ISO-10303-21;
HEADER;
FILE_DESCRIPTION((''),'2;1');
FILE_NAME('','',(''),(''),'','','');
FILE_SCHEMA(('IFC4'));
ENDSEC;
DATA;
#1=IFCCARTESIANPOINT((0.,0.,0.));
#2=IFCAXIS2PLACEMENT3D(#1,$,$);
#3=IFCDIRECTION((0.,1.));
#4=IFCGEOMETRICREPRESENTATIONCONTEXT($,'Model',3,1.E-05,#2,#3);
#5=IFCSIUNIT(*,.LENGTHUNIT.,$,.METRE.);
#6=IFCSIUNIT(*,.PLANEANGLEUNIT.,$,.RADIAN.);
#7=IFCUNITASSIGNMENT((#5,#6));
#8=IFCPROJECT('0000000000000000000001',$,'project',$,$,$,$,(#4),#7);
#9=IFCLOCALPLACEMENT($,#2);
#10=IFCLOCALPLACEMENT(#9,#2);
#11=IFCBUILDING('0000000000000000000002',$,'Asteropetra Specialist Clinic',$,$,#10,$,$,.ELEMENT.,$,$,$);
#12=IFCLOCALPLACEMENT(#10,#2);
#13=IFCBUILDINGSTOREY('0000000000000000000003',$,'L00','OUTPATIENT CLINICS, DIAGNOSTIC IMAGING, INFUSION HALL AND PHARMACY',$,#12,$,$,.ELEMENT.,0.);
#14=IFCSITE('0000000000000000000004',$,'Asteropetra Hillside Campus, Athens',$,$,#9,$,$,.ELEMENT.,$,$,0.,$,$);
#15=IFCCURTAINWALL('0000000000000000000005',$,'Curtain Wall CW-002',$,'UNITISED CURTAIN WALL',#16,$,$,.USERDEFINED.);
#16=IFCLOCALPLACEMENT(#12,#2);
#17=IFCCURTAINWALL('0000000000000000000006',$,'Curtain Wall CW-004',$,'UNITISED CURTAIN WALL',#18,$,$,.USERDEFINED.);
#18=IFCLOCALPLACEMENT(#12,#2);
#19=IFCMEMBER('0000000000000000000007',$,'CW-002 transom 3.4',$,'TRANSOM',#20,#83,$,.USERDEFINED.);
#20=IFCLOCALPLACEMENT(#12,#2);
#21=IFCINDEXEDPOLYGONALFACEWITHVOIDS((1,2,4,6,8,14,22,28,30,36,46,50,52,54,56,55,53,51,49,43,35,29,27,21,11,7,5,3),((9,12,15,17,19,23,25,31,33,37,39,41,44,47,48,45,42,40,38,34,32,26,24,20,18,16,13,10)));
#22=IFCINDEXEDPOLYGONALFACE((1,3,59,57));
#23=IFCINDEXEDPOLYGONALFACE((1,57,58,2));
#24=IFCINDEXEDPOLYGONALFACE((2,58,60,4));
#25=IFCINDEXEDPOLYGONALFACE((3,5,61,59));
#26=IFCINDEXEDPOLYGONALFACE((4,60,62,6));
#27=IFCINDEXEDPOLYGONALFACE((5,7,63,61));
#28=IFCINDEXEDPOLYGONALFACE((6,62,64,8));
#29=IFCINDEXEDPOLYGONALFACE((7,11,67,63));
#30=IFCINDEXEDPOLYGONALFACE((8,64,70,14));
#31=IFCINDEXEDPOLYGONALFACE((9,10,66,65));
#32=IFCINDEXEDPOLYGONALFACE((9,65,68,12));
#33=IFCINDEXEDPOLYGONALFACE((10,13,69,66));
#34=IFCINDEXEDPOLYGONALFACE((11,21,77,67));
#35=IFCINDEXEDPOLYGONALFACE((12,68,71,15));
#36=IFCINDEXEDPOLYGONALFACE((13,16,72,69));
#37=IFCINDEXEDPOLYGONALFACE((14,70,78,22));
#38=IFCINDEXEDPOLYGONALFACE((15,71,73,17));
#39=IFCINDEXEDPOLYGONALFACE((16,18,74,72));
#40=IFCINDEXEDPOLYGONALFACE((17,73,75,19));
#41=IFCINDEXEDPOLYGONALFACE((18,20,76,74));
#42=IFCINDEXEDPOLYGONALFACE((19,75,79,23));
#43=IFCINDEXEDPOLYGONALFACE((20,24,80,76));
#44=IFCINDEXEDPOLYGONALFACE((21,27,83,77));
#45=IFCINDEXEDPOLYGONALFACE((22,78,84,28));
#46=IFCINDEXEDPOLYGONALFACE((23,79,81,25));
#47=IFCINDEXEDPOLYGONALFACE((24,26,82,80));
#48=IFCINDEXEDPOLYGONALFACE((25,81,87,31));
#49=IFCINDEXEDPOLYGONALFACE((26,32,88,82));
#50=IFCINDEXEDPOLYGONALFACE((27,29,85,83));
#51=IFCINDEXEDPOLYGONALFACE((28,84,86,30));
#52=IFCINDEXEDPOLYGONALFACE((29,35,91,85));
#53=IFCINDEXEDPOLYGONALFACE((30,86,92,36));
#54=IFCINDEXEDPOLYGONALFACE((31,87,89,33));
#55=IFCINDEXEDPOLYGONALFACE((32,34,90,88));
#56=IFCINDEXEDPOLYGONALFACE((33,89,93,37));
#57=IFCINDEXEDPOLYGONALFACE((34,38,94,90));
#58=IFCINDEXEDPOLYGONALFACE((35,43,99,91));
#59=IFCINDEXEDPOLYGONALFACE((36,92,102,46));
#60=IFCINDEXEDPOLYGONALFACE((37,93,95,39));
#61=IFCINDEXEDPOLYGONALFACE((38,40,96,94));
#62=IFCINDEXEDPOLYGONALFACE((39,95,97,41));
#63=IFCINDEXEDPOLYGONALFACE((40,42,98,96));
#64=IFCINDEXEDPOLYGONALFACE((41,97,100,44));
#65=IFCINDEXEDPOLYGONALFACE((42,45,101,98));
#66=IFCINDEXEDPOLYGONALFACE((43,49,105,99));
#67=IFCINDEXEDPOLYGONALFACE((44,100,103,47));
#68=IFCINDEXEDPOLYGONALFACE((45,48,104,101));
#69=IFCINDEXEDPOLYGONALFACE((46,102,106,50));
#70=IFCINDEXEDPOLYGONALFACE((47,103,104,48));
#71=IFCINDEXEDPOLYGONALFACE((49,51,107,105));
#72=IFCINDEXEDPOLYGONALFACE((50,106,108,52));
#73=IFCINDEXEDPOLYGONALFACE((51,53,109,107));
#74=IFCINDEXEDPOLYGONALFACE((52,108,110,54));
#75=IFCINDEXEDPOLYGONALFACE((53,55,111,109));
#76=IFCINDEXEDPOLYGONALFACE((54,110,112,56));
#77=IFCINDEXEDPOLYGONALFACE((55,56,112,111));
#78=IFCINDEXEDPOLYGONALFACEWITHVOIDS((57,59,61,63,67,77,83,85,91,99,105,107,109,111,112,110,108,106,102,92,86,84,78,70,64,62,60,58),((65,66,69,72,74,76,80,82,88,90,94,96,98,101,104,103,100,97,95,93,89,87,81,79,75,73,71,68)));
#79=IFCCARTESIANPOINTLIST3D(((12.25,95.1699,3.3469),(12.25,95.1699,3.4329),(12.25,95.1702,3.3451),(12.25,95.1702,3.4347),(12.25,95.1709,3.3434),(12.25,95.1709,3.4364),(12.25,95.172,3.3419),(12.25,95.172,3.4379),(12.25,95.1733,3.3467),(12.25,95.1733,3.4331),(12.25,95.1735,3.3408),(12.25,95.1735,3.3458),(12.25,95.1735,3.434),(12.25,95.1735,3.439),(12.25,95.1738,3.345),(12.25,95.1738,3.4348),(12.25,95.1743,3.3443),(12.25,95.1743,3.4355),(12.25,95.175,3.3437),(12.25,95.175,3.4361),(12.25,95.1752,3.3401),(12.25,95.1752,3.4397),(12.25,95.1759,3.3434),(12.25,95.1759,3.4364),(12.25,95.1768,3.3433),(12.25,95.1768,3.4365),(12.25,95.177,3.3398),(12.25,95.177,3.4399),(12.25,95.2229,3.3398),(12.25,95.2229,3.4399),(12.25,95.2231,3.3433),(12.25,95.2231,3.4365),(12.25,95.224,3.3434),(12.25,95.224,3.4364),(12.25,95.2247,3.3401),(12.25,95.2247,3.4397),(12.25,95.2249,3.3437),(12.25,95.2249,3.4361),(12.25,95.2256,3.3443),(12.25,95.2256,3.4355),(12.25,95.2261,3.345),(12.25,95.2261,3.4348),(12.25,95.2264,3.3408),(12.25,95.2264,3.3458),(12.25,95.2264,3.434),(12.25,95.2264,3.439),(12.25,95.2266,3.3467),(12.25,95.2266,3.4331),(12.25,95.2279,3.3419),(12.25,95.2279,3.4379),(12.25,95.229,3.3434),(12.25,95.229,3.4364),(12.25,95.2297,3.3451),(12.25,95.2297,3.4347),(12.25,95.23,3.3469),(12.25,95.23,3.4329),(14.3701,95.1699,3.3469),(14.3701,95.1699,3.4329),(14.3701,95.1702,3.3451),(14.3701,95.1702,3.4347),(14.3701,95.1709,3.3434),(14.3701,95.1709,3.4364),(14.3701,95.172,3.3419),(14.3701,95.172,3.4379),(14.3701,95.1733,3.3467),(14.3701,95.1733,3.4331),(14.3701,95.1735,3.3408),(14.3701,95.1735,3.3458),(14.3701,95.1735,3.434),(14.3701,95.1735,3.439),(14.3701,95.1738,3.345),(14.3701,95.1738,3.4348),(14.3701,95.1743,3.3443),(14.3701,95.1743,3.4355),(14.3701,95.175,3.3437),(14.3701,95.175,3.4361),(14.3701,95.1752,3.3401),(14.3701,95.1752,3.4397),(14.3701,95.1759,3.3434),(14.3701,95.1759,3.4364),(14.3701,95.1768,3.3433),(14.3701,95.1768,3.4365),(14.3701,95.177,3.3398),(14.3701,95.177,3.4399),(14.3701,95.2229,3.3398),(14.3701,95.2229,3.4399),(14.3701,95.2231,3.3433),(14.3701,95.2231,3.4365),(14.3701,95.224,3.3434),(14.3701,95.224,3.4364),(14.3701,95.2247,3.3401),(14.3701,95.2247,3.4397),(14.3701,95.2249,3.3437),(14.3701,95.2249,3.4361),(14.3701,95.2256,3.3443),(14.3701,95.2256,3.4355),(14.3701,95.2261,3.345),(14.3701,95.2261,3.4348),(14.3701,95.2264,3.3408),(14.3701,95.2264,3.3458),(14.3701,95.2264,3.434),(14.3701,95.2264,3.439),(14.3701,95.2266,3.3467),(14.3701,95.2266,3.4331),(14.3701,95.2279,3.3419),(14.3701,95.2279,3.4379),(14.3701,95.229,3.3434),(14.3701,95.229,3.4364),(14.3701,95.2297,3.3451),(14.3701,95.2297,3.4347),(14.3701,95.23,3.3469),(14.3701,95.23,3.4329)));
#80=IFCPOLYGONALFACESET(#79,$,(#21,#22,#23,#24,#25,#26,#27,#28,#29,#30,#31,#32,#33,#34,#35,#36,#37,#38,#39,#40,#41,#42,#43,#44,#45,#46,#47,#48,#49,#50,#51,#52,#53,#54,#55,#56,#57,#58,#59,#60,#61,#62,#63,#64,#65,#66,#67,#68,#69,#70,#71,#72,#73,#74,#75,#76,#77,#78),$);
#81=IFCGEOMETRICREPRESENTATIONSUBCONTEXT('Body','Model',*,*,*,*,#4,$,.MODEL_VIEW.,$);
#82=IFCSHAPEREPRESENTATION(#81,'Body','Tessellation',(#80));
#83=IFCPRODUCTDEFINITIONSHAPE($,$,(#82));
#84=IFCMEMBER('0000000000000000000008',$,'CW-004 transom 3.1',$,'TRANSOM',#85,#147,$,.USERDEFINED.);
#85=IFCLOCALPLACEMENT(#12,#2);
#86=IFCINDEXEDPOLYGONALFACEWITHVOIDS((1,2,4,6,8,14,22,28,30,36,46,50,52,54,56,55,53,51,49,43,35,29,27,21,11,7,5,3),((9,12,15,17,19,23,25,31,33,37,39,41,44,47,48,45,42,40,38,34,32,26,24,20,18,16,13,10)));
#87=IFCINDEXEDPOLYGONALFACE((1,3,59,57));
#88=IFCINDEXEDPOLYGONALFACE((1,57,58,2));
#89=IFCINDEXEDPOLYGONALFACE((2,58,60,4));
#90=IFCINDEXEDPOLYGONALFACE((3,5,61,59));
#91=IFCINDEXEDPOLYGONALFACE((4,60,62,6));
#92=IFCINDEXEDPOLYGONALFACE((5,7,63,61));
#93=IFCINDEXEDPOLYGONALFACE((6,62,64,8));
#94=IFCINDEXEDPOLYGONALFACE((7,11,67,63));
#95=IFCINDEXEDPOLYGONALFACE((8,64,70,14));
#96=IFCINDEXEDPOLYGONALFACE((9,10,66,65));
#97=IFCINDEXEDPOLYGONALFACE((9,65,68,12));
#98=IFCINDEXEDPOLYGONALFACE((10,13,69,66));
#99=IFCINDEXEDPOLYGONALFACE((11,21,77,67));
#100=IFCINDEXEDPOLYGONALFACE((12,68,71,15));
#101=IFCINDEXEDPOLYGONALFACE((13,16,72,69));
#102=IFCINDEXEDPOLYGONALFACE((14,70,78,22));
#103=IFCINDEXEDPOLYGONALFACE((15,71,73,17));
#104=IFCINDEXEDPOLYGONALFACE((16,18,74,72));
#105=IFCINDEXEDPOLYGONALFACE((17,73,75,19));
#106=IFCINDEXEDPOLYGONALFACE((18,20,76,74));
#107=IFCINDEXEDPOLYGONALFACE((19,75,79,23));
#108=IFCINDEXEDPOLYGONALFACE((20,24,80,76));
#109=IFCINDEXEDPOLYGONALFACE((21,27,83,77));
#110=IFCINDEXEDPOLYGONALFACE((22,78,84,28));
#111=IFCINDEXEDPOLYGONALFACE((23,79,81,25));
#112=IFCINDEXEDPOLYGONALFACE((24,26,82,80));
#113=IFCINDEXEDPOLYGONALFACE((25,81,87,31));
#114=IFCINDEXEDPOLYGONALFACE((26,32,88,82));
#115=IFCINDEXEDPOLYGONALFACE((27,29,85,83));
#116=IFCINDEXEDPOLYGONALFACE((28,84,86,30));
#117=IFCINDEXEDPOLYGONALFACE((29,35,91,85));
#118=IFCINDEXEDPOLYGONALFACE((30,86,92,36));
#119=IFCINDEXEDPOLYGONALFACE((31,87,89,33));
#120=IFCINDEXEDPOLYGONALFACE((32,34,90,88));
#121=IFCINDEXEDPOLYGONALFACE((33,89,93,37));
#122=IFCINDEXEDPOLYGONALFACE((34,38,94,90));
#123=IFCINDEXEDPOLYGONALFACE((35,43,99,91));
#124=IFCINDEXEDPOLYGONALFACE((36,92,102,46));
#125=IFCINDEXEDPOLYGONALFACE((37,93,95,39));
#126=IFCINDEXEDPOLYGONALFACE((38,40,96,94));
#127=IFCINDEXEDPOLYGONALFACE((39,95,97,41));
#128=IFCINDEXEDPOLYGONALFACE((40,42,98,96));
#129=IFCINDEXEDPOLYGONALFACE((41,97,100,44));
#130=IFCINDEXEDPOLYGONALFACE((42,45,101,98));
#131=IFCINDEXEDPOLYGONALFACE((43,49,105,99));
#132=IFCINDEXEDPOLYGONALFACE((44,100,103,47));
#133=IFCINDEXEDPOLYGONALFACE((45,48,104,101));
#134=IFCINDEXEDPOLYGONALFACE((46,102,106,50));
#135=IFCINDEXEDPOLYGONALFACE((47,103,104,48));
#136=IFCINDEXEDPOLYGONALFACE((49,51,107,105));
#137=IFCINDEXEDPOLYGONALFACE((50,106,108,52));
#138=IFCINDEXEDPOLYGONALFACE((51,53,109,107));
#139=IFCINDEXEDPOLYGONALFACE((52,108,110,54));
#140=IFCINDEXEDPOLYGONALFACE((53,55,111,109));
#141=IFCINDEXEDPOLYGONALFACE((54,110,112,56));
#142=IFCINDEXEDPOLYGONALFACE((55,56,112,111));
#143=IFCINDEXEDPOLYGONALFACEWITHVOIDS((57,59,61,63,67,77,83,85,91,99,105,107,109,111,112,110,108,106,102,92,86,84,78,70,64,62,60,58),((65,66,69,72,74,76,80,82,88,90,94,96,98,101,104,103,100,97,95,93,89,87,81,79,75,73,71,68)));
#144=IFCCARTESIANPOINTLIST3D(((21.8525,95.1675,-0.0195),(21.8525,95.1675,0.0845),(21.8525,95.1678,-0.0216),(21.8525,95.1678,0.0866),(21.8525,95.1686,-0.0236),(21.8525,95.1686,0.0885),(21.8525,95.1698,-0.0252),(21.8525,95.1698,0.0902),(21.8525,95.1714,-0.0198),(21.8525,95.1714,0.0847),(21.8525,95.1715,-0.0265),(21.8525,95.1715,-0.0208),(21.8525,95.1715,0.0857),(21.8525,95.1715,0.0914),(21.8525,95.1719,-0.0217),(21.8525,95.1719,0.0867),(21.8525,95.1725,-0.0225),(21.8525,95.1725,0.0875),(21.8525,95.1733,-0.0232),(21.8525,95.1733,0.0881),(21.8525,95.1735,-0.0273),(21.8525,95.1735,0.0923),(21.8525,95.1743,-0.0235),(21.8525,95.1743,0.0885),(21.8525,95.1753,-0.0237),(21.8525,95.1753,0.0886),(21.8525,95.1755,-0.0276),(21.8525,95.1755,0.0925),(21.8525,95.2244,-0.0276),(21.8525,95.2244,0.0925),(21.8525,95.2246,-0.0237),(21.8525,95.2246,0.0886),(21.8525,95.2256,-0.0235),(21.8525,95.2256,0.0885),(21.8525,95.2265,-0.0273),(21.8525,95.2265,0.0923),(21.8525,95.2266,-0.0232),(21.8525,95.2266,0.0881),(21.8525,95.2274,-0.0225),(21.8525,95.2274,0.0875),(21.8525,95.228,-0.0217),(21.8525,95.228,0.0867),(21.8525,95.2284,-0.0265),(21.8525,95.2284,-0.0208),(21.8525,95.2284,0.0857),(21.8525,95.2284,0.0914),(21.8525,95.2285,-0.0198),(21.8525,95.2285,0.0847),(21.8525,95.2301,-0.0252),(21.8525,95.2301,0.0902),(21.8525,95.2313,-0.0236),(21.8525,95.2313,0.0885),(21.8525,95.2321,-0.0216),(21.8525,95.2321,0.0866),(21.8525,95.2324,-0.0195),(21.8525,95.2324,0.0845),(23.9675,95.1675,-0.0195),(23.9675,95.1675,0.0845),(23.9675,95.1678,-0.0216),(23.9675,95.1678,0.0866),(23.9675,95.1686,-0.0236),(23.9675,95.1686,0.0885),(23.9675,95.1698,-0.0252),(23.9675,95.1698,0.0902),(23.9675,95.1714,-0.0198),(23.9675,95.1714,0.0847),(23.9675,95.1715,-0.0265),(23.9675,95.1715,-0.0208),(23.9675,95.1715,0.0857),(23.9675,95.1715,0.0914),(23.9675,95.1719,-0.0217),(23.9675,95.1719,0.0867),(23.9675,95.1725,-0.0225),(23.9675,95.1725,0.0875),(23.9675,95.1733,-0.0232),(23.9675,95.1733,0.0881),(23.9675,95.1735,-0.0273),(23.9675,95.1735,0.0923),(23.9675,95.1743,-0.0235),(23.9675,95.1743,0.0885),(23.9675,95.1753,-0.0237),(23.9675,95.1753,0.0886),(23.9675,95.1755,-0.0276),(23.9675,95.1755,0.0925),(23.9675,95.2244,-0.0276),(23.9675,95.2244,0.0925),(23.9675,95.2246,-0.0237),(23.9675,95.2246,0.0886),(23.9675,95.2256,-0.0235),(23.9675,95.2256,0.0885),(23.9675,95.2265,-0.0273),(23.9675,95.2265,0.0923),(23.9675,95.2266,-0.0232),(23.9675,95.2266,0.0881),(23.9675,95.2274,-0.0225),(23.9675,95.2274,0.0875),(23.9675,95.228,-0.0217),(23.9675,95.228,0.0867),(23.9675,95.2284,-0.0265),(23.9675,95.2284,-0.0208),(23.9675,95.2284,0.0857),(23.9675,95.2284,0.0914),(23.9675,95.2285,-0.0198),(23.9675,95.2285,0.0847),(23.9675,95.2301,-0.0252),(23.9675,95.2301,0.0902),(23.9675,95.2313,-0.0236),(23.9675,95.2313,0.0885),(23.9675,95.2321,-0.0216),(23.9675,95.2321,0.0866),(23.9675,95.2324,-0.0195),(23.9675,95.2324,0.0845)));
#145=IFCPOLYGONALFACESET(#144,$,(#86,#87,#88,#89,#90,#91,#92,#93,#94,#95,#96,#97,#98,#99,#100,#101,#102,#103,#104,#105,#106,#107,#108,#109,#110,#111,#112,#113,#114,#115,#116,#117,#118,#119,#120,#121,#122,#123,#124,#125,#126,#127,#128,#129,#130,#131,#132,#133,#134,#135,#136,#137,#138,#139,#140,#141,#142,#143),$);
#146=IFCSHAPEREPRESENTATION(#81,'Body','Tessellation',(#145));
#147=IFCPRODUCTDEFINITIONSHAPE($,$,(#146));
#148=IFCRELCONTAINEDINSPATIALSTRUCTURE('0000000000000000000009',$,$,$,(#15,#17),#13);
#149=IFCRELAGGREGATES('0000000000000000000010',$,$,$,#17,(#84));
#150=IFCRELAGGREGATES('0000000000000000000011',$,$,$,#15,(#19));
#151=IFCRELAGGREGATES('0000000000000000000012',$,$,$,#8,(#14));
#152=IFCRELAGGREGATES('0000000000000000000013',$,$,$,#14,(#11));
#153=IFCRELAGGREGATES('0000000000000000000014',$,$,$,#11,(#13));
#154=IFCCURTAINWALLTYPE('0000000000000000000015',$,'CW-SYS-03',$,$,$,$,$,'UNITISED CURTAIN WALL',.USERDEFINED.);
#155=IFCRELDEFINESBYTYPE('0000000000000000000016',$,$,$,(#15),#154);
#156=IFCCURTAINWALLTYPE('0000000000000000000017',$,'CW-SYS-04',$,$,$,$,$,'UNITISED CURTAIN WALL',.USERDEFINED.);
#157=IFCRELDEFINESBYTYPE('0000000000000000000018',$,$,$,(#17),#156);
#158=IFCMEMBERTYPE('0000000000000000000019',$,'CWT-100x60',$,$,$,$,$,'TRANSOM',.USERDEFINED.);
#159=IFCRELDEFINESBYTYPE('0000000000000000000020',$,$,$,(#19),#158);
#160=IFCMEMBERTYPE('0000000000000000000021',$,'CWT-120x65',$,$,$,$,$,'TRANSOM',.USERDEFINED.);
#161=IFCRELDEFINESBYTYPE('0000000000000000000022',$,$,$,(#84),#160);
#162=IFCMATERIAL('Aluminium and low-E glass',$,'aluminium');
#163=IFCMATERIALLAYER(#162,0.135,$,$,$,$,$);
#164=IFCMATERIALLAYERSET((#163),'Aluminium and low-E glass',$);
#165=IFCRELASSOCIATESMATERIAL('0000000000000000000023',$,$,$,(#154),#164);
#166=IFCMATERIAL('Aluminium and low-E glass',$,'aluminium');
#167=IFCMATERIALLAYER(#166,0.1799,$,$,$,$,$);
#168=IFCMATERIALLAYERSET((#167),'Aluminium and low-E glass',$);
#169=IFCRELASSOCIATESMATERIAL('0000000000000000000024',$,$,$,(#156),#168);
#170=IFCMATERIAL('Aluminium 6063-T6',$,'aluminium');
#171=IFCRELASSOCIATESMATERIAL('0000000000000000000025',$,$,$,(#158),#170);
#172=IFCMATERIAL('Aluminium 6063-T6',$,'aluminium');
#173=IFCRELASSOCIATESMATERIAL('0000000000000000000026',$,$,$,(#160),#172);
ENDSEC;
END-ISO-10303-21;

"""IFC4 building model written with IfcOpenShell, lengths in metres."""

from ifc_helpers import new_model, si_unit, direction, frame, origin, origin_2d, place, context, subcontext, project, spatial, hollow_rectangle, extrude, material, layer, layer_set, material_profile, profile_set, type_object, element, aggregate, save


model = new_model("IFC4")

# Units and contexts
model_context = context("Model", 3, precision=1e-05, world=origin(), true_north=direction((0.0, 1.0)))
body_context = subcontext(model_context, "Body", "Model", "MODEL_VIEW")
ifc_project = project(units=[si_unit("LENGTHUNIT", "METRE"), si_unit("PLANEANGLEUNIT", "RADIAN")], contexts=[model_context])

# Site, building, storey
site_placement = place(None, origin())
site = spatial("IfcSite", under=ifc_project, at=site_placement, Name="Asteropetra Hillside Campus, Athens", CompositionType="ELEMENT", RefElevation=0.0)
building_placement = place(site_placement, origin())
building = spatial("IfcBuilding", under=site, at=building_placement, Name="Asteropetra Specialist Clinic", CompositionType="ELEMENT")
storey_placement = place(building_placement, origin())
storey = spatial("IfcBuildingStorey", under=building, at=storey_placement, Name="L00", Description="OUTPATIENT CLINICS, DIAGNOSTIC IMAGING, INFUSION HALL AND PHARMACY", CompositionType="ELEMENT", Elevation=0.0)

# Curtain walls
ifc_material_1 = material(Name="Aluminium and low-E glass", Category="aluminium")
ifc_layer_1 = layer(ifc_material_1, 0.135)
ifc_layer_set_1 = layer_set([ifc_layer_1], Name="Aluminium and low-E glass")
curtain_wall_type_1 = type_object("IfcCurtainWallType", Name="CW-SYS-03", ElementType="UNITISED CURTAIN WALL", PredefinedType="USERDEFINED", material=ifc_layer_set_1)
curtain_wall_1_placement = place(storey_placement, origin())
curtain_wall_1 = element("IfcCurtainWall", 1, at=curtain_wall_1_placement, inside=storey, type_object=curtain_wall_type_1, Name="Curtain Wall CW-002", ObjectType="UNITISED CURTAIN WALL", PredefinedType="USERDEFINED")
ifc_material_2 = material(Name="Aluminium and low-E glass", Category="aluminium")
ifc_layer_2 = layer(ifc_material_2, 0.1799)
ifc_layer_set_2 = layer_set([ifc_layer_2], Name="Aluminium and low-E glass")
curtain_wall_type_2 = type_object("IfcCurtainWallType", Name="CW-SYS-04", ElementType="UNITISED CURTAIN WALL", PredefinedType="USERDEFINED", material=ifc_layer_set_2)
curtain_wall_2_placement = place(storey_placement, origin())
curtain_wall_2 = element("IfcCurtainWall", 2, at=curtain_wall_2_placement, inside=storey, type_object=curtain_wall_type_2, Name="Curtain Wall CW-004", ObjectType="UNITISED CURTAIN WALL", PredefinedType="USERDEFINED")

# Members
ifc_material_3 = material(Name="Aluminium 6063-T6", Category="aluminium")
ifc_material_profile_1 = material_profile(ifc_material_3, hollow_rectangle(XDim=0.0601, YDim=0.1001, WallThickness=0.0034, InnerFilletRadius=0.0034, OuterFilletRadius=0.0071, at=origin_2d()), Name="TRN 100x60x3.5")
ifc_profile_set_1 = profile_set([ifc_material_profile_1], Name="Aluminium 6063-T6")
member_type_1 = type_object("IfcMemberType", Name="CWT-100x60", ElementType="TRANSOM", PredefinedType="USERDEFINED", material=ifc_profile_set_1)
member_1_placement = place(storey_placement, frame((14.3701, 95.2, 3.3899), z_axis=(-1.0, 0.0, 0.0), x_axis=(0.0, -1.0, 0.0)))
member_1 = element("IfcMember", 3, at=member_1_placement, type_object=member_type_1, Name="CW-002 transom 3.4", ObjectType="TRANSOM", PredefinedType="USERDEFINED", context=body_context, shape_type="SweptSolid", body=[
    extrude(hollow_rectangle(XDim=0.0601, YDim=0.1001, WallThickness=0.0034, InnerFilletRadius=0.0034, OuterFilletRadius=0.0071, at=origin_2d()), origin(), (0.0, 0.0, 1.0), 2.1201),
])
ifc_material_4 = material(Name="Aluminium 6063-T6", Category="aluminium")
ifc_material_profile_2 = material_profile(ifc_material_4, hollow_rectangle(XDim=0.0649, YDim=0.1201, WallThickness=0.0039, InnerFilletRadius=0.0039, OuterFilletRadius=0.0081, at=origin_2d()), Name="TRN 120x65x4.0")
ifc_profile_set_2 = profile_set([ifc_material_profile_2], Name="Aluminium 6063-T6")
member_type_2 = type_object("IfcMemberType", Name="CWT-120x65", ElementType="TRANSOM", PredefinedType="USERDEFINED", material=ifc_profile_set_2)
member_2_placement = place(storey_placement, frame((23.9675, 95.2, 0.0325), z_axis=(-1.0, 0.0, 0.0), x_axis=(0.0, -1.0, 0.0)))
member_2 = element("IfcMember", 4, at=member_2_placement, type_object=member_type_2, Name="CW-004 transom 3.1", ObjectType="TRANSOM", PredefinedType="USERDEFINED", context=body_context, shape_type="SweptSolid", body=[
    extrude(hollow_rectangle(XDim=0.0649, YDim=0.1201, WallThickness=0.0039, InnerFilletRadius=0.0039, OuterFilletRadius=0.0081, at=origin_2d()), origin(), (0.0, 0.0, 1.0), 2.115),
])

aggregate(curtain_wall_2, [member_2])
aggregate(curtain_wall_1, [member_1])

save(model, "model.ifc")
